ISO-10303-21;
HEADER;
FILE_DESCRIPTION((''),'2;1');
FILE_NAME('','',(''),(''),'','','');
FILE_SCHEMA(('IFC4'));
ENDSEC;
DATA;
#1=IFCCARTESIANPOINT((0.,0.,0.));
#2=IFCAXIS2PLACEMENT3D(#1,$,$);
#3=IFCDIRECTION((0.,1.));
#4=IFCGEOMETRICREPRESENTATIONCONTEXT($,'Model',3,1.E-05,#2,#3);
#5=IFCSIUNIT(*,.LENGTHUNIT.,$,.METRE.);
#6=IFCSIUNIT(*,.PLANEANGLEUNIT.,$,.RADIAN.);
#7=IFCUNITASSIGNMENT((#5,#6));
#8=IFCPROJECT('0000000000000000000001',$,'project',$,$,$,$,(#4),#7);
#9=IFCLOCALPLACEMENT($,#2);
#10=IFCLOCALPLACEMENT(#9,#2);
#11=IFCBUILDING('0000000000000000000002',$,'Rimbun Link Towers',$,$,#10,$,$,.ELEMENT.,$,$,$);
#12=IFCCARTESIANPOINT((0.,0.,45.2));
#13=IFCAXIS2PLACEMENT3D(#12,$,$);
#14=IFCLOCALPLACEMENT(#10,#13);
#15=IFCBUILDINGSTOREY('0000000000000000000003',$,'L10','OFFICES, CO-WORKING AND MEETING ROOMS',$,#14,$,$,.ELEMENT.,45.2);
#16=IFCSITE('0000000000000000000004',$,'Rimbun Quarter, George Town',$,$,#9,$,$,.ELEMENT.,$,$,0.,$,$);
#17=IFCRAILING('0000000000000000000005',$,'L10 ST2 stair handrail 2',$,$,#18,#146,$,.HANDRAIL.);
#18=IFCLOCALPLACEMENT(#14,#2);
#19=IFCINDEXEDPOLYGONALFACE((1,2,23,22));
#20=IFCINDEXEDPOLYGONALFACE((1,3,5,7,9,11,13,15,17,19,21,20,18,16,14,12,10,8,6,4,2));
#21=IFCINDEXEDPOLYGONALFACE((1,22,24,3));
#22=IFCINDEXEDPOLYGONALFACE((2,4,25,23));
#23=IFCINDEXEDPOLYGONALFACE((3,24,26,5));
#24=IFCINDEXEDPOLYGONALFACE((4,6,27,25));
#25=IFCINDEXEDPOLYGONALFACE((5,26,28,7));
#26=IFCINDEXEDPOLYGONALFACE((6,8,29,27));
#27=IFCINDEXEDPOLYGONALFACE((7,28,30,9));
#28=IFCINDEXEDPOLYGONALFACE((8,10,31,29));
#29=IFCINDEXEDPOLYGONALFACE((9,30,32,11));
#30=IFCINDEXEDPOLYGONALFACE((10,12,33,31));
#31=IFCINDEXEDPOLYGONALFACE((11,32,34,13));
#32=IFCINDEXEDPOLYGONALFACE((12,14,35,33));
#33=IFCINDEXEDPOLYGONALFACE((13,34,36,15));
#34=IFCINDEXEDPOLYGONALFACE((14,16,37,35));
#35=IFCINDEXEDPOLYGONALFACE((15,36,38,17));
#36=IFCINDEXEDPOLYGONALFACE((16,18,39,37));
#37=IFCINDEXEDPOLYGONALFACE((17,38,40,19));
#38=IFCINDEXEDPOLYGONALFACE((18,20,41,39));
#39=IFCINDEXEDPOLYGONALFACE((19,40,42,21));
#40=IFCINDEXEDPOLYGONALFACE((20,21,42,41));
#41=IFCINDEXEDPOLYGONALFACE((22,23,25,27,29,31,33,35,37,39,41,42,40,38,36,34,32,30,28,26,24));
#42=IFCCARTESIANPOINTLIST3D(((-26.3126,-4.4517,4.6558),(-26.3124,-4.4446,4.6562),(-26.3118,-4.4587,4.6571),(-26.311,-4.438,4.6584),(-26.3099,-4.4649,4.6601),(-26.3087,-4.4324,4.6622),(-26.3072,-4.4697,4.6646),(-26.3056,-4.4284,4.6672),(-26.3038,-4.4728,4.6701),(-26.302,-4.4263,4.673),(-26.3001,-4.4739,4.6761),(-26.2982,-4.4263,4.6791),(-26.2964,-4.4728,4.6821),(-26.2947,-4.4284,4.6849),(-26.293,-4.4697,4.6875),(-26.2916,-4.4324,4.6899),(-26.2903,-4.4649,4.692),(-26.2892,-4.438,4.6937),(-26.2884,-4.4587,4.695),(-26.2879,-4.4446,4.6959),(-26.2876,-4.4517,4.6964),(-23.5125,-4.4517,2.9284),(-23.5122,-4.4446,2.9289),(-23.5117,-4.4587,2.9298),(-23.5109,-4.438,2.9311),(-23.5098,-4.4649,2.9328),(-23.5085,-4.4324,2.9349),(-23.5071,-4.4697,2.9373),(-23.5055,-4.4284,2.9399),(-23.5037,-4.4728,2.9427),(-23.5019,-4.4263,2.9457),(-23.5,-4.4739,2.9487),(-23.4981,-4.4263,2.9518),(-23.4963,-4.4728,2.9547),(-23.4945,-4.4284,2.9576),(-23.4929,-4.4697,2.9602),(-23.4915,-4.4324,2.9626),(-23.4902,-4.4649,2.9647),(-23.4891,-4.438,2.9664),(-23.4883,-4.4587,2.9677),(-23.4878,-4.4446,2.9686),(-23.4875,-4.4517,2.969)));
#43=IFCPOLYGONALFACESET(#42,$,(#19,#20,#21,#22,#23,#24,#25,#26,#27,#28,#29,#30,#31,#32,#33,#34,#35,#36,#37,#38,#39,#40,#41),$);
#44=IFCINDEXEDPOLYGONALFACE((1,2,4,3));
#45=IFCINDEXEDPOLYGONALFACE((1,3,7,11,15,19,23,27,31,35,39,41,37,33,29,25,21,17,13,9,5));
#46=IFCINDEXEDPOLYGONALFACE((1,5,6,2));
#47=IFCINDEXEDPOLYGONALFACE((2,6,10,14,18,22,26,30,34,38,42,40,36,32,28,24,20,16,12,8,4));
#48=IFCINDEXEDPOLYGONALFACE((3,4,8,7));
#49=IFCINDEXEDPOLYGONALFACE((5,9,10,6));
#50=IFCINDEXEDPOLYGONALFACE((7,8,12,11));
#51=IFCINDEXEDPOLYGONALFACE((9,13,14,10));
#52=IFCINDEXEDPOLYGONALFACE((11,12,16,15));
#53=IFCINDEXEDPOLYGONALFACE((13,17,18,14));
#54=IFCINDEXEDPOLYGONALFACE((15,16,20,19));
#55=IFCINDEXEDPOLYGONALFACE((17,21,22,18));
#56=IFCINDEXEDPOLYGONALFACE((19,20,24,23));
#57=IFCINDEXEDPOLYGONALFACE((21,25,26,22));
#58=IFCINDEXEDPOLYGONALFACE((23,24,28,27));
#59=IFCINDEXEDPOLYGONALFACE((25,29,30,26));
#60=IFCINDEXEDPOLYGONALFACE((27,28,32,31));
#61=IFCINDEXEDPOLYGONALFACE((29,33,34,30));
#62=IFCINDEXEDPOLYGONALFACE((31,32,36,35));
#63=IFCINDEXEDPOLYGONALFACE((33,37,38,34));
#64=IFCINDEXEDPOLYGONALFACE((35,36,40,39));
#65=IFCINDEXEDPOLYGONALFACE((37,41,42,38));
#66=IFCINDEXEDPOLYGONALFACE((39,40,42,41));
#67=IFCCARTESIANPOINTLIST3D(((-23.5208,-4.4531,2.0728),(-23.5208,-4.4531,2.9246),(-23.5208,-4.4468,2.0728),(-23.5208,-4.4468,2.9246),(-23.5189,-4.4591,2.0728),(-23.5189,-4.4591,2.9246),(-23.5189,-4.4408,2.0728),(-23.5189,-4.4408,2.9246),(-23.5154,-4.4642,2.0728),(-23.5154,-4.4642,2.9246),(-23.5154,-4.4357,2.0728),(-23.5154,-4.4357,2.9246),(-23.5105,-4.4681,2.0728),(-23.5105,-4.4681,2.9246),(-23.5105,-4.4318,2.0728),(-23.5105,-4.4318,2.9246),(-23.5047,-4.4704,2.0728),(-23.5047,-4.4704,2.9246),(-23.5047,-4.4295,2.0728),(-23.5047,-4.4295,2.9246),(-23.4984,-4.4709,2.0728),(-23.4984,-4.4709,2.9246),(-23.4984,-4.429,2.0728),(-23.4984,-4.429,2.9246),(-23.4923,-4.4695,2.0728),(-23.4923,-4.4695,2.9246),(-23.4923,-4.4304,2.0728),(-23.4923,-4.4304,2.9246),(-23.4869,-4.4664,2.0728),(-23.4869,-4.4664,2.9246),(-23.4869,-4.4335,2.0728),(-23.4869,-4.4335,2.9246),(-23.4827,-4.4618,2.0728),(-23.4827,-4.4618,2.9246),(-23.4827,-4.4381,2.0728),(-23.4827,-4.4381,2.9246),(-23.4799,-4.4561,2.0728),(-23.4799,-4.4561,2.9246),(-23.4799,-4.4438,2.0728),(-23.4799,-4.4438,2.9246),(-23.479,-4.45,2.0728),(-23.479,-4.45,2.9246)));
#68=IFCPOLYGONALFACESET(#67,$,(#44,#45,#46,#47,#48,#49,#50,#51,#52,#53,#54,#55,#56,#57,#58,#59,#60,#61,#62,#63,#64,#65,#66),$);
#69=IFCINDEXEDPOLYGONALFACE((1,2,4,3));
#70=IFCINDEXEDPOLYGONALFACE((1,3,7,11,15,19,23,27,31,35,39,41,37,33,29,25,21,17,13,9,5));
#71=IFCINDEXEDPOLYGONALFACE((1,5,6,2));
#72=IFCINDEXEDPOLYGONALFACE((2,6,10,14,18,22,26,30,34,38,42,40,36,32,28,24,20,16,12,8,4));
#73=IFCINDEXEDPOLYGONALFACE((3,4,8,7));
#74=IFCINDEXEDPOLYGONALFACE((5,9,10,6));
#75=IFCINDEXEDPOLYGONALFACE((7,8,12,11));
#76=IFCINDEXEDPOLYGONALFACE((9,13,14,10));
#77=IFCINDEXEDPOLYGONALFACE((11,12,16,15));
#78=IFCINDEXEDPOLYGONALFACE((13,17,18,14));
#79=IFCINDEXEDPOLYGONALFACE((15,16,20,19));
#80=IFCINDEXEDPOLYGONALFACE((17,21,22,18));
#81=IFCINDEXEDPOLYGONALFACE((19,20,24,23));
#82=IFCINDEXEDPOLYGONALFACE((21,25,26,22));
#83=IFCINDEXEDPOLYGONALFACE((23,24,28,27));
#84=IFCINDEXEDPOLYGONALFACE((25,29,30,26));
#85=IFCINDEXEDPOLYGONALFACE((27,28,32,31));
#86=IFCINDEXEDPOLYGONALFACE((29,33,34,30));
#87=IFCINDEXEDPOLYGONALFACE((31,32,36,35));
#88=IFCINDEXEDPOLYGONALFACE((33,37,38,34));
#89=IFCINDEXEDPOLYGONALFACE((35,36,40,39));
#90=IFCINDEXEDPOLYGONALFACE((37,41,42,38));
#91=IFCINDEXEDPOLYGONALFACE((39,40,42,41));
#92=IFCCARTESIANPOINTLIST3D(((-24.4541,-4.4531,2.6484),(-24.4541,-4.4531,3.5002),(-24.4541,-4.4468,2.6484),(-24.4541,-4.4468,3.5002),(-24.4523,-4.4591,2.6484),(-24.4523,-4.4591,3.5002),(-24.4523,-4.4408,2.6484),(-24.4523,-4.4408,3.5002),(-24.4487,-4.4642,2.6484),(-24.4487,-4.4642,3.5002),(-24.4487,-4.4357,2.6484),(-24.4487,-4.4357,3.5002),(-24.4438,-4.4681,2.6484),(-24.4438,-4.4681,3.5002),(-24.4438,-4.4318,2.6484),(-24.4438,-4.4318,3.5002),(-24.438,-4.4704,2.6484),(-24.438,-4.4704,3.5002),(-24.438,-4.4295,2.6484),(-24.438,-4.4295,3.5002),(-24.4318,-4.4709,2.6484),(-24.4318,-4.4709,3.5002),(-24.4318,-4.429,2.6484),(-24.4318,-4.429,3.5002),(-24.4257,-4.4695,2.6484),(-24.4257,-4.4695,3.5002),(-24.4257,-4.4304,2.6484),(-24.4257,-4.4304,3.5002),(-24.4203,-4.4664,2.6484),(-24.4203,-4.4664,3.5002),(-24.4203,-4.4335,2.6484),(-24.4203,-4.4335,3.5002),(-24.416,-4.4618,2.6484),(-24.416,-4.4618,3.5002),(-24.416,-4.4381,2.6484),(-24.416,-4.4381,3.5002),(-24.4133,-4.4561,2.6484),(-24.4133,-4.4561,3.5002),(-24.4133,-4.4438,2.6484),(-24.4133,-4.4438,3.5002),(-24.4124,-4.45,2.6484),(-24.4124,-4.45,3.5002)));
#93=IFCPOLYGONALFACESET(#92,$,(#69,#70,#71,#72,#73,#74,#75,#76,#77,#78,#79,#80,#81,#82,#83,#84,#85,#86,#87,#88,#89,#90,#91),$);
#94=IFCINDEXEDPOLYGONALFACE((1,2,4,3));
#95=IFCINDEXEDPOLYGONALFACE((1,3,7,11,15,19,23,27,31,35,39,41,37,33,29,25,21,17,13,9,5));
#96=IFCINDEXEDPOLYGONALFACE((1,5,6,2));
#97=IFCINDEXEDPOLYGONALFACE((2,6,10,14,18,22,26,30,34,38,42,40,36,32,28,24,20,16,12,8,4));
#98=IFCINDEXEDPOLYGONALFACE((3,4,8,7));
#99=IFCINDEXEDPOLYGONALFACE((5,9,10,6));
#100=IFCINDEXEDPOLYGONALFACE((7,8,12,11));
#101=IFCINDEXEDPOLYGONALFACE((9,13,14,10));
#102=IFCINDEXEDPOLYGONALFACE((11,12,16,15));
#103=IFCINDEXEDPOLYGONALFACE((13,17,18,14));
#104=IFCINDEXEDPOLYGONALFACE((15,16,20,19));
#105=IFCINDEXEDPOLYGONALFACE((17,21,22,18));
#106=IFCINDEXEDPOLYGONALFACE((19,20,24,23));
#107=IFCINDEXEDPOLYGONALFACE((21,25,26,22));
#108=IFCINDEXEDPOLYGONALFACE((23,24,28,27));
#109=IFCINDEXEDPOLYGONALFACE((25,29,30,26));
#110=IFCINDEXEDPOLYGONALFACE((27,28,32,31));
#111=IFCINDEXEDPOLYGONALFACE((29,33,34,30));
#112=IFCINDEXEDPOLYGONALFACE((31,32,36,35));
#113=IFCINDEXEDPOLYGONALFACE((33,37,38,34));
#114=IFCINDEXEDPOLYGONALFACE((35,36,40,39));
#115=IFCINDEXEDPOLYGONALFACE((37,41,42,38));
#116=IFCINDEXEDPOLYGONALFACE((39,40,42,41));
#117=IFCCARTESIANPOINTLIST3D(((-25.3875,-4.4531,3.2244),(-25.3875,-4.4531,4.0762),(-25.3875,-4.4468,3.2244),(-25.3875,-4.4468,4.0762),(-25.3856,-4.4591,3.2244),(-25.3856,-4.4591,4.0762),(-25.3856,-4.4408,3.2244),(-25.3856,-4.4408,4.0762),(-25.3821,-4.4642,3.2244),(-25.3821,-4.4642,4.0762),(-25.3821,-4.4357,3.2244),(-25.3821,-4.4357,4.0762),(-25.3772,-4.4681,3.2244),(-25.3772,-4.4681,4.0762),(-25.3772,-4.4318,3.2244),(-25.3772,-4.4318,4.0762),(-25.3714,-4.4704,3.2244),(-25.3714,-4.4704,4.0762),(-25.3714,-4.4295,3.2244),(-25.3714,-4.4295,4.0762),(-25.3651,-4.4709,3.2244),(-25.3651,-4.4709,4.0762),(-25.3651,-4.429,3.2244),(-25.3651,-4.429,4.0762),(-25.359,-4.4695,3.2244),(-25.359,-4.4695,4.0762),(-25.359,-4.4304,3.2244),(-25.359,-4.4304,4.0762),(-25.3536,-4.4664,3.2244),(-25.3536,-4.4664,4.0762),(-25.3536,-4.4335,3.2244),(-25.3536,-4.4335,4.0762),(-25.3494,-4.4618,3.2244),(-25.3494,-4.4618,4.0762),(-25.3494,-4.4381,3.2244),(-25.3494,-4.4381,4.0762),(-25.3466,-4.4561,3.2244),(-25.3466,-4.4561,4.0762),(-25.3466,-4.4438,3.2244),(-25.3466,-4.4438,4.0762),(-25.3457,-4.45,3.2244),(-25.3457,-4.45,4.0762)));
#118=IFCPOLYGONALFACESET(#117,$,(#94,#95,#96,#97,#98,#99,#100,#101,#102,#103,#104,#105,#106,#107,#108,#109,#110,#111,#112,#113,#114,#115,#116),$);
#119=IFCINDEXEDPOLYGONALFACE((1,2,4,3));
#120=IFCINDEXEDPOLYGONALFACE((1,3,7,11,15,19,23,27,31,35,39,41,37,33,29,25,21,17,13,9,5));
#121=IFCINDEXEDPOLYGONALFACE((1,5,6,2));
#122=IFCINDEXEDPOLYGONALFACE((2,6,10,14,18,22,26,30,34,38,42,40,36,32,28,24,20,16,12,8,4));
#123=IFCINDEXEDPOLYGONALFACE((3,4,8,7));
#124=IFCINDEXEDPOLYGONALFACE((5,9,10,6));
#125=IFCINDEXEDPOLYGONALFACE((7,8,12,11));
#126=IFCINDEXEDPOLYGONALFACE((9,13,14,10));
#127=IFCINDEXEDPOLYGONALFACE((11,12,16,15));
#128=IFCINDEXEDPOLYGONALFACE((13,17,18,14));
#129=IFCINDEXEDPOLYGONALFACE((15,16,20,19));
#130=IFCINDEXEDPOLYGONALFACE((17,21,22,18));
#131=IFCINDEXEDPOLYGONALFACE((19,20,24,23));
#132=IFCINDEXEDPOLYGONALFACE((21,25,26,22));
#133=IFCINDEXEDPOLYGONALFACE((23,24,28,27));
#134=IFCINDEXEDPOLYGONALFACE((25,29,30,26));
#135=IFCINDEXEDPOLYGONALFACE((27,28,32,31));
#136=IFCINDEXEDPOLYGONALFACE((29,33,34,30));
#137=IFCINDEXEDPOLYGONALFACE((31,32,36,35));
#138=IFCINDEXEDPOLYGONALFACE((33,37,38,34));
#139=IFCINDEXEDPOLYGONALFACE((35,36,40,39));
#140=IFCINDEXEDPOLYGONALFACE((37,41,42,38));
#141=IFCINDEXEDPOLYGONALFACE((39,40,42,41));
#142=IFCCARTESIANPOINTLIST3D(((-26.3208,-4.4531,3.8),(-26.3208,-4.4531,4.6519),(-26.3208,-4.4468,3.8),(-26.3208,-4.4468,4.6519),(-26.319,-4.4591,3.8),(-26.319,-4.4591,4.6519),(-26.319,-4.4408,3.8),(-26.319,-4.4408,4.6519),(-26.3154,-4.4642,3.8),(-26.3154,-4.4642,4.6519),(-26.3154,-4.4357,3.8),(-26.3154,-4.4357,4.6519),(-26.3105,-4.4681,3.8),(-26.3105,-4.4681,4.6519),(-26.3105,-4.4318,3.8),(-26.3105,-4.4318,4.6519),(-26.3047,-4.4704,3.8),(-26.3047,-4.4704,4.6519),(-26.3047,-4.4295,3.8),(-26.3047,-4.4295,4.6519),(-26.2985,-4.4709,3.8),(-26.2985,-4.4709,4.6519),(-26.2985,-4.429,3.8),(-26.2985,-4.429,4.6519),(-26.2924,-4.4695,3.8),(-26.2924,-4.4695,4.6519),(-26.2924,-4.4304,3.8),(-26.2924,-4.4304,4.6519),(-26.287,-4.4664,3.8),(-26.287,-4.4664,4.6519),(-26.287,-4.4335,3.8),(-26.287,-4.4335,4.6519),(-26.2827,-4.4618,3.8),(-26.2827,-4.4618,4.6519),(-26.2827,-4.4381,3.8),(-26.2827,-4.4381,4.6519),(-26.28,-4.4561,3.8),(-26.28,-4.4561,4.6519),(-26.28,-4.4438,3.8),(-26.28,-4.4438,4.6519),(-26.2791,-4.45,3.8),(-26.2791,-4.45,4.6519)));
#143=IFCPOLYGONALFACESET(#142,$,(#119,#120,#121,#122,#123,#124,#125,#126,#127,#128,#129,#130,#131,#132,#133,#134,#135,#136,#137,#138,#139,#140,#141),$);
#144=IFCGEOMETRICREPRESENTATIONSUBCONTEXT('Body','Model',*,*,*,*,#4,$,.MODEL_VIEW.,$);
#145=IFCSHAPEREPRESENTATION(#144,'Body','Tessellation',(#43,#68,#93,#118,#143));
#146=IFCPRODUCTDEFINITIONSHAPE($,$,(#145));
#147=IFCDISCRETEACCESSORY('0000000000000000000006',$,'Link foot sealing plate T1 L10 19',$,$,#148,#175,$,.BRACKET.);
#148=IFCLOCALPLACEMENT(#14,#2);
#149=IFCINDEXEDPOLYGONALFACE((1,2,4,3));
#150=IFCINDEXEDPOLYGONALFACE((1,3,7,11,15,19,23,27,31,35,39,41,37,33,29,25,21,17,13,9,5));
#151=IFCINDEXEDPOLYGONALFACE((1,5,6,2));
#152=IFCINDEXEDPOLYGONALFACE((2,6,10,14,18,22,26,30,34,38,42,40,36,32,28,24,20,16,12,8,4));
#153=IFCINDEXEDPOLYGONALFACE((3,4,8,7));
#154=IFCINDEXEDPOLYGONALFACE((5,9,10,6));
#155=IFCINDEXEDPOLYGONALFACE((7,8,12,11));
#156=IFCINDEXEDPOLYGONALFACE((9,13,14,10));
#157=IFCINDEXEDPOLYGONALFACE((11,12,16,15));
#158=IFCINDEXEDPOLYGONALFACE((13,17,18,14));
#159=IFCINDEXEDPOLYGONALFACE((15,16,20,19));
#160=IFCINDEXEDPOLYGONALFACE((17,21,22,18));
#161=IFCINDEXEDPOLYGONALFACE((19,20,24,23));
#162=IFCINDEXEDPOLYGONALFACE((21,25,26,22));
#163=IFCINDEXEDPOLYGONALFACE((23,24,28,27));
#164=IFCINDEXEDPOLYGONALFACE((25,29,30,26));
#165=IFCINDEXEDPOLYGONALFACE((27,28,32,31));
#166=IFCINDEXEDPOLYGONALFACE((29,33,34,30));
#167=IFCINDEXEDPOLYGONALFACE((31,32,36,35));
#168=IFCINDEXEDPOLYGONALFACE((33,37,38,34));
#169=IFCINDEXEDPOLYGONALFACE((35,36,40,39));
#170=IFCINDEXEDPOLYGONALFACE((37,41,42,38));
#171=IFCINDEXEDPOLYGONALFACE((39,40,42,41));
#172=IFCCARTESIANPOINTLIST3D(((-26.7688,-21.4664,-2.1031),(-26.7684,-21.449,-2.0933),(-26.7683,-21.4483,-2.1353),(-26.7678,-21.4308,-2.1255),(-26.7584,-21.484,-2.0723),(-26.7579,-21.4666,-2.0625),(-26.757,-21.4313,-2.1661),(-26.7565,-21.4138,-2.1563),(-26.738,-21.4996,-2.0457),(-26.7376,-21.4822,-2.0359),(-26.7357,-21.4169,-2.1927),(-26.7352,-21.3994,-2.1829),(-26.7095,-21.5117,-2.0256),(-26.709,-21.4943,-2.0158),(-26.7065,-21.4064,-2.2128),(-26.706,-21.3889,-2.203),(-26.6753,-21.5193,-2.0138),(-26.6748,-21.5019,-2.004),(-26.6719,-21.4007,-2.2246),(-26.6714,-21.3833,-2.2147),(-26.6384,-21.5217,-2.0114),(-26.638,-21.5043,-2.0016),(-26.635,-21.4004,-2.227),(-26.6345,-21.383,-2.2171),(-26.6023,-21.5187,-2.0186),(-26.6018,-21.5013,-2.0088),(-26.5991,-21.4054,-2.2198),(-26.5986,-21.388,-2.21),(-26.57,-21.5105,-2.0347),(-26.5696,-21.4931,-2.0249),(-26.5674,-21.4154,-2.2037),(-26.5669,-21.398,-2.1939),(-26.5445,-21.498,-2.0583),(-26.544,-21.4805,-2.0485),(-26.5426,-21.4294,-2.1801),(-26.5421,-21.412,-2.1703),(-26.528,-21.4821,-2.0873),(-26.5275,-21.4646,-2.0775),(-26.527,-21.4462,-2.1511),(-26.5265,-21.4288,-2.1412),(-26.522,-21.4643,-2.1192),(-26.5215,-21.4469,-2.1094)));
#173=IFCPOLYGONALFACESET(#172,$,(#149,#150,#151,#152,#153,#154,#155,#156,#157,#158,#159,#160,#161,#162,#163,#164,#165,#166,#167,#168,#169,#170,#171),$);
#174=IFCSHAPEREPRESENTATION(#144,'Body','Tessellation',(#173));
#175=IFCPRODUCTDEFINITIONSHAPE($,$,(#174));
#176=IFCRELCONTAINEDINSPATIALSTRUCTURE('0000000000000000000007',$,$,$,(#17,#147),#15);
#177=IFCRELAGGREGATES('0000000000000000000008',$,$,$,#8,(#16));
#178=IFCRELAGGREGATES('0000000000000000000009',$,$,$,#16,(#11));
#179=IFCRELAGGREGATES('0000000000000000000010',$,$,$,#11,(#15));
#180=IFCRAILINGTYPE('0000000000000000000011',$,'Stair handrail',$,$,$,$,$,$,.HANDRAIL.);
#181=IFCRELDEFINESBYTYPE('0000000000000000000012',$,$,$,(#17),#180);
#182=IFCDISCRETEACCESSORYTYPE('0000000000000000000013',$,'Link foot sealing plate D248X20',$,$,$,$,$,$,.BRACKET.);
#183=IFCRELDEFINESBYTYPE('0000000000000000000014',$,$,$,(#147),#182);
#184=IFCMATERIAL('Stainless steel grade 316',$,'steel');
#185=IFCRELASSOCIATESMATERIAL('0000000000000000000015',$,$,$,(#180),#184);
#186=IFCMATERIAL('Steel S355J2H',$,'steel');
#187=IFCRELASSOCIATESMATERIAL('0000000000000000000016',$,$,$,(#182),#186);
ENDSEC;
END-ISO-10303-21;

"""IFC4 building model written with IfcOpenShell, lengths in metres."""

from ifc_helpers import new_model, si_unit, direction, frame, origin, origin_2d, place, context, subcontext, project, spatial, circle, extrude, material, material_profile, profile_set, type_object, element, save


model = new_model("IFC4")

# Units and contexts
model_context = context("Model", 3, precision=1e-05, world=origin(), true_north=direction((0.0, 1.0)))
body_context = subcontext(model_context, "Body", "Model", "MODEL_VIEW")
ifc_project = project(units=[si_unit("LENGTHUNIT", "METRE"), si_unit("PLANEANGLEUNIT", "RADIAN")], contexts=[model_context])

# Site, building, storey
site_placement = place(None, origin())
site = spatial("IfcSite", under=ifc_project, at=site_placement, Name="Rimbun Quarter, George Town", CompositionType="ELEMENT", RefElevation=0.0)
building_placement = place(site_placement, origin())
building = spatial("IfcBuilding", under=site, at=building_placement, Name="Rimbun Link Towers", CompositionType="ELEMENT")
storey_placement = place(building_placement, frame((0.0, 0.0, 45.2)))
storey = spatial("IfcBuildingStorey", under=building, at=storey_placement, Name="L10", Description="OFFICES, CO-WORKING AND MEETING ROOMS", CompositionType="ELEMENT", Elevation=45.2)

# Railing
ifc_material_1 = material(Name="Stainless steel grade 316", Category="steel")
railing_type_1 = type_object("IfcRailingType", Name="Stair handrail", PredefinedType="HANDRAIL", material=ifc_material_1)
railing_1_placement = place(storey_placement, frame((-23.5, -4.45, 2.0728)))
element("IfcRailing", 1, at=railing_1_placement, inside=storey, type_object=railing_type_1, Name="L10 ST2 stair handrail 2", PredefinedType="HANDRAIL", context=body_context, shape_type="SweptSolid", body=[
    extrude(circle(Radius=0.0239, at=origin_2d()), frame((0.0, 0.0, 0.876), z_axis=(-0.85109, 0.0, 0.52502), x_axis=(0.0, -1.0, 0.0)), (0.0, 0.0, 1.0), 3.29),
    extrude(circle(Radius=0.021, at=origin_2d()), origin(), (0.0, 0.0, 1.0), 0.8518),
    extrude(circle(Radius=0.021, at=origin_2d()), frame((-0.9333, 0.0, 0.5757)), (0.0, 0.0, 1.0), 0.8518),
    extrude(circle(Radius=0.021, at=origin_2d()), frame((-1.8667, 0.0, 1.1516)), (0.0, 0.0, 1.0), 0.8518),
    extrude(circle(Radius=0.021, at=origin_2d()), frame((-2.8, 0.0, 1.7273)), (0.0, 0.0, 1.0), 0.8518),
])

# Discrete accessory
ifc_material_2 = material(Name="Steel S355J2H", Category="steel")
ifc_material_profile_1 = material_profile(ifc_material_2, circle(Radius=0.124, at=origin_2d()), Name="PL D248")
ifc_profile_set_1 = profile_set([ifc_material_profile_1], Name="Steel S355J2H")
discrete_accessory_type = type_object("IfcDiscreteAccessoryType", Name="Link foot sealing plate D248X20", PredefinedType="BRACKET", material=ifc_profile_set_1)
discrete_accessory_placement = place(storey_placement, frame((-26.6455, -21.4434, -2.1094), z_axis=(-0.024535, -0.870985, -0.490696), x_axis=(0.999603, -0.028158, 0.0)))
element("IfcDiscreteAccessory", 2, at=discrete_accessory_placement, inside=storey, type_object=discrete_accessory_type, Name="Link foot sealing plate T1 L10 19", PredefinedType="BRACKET", context=body_context, shape_type="SweptSolid", body=[
    extrude(circle(Radius=0.124, at=origin_2d()), origin(), (0.0, 0.0, 1.0), 0.02),
])

save(model, "model.ifc")
